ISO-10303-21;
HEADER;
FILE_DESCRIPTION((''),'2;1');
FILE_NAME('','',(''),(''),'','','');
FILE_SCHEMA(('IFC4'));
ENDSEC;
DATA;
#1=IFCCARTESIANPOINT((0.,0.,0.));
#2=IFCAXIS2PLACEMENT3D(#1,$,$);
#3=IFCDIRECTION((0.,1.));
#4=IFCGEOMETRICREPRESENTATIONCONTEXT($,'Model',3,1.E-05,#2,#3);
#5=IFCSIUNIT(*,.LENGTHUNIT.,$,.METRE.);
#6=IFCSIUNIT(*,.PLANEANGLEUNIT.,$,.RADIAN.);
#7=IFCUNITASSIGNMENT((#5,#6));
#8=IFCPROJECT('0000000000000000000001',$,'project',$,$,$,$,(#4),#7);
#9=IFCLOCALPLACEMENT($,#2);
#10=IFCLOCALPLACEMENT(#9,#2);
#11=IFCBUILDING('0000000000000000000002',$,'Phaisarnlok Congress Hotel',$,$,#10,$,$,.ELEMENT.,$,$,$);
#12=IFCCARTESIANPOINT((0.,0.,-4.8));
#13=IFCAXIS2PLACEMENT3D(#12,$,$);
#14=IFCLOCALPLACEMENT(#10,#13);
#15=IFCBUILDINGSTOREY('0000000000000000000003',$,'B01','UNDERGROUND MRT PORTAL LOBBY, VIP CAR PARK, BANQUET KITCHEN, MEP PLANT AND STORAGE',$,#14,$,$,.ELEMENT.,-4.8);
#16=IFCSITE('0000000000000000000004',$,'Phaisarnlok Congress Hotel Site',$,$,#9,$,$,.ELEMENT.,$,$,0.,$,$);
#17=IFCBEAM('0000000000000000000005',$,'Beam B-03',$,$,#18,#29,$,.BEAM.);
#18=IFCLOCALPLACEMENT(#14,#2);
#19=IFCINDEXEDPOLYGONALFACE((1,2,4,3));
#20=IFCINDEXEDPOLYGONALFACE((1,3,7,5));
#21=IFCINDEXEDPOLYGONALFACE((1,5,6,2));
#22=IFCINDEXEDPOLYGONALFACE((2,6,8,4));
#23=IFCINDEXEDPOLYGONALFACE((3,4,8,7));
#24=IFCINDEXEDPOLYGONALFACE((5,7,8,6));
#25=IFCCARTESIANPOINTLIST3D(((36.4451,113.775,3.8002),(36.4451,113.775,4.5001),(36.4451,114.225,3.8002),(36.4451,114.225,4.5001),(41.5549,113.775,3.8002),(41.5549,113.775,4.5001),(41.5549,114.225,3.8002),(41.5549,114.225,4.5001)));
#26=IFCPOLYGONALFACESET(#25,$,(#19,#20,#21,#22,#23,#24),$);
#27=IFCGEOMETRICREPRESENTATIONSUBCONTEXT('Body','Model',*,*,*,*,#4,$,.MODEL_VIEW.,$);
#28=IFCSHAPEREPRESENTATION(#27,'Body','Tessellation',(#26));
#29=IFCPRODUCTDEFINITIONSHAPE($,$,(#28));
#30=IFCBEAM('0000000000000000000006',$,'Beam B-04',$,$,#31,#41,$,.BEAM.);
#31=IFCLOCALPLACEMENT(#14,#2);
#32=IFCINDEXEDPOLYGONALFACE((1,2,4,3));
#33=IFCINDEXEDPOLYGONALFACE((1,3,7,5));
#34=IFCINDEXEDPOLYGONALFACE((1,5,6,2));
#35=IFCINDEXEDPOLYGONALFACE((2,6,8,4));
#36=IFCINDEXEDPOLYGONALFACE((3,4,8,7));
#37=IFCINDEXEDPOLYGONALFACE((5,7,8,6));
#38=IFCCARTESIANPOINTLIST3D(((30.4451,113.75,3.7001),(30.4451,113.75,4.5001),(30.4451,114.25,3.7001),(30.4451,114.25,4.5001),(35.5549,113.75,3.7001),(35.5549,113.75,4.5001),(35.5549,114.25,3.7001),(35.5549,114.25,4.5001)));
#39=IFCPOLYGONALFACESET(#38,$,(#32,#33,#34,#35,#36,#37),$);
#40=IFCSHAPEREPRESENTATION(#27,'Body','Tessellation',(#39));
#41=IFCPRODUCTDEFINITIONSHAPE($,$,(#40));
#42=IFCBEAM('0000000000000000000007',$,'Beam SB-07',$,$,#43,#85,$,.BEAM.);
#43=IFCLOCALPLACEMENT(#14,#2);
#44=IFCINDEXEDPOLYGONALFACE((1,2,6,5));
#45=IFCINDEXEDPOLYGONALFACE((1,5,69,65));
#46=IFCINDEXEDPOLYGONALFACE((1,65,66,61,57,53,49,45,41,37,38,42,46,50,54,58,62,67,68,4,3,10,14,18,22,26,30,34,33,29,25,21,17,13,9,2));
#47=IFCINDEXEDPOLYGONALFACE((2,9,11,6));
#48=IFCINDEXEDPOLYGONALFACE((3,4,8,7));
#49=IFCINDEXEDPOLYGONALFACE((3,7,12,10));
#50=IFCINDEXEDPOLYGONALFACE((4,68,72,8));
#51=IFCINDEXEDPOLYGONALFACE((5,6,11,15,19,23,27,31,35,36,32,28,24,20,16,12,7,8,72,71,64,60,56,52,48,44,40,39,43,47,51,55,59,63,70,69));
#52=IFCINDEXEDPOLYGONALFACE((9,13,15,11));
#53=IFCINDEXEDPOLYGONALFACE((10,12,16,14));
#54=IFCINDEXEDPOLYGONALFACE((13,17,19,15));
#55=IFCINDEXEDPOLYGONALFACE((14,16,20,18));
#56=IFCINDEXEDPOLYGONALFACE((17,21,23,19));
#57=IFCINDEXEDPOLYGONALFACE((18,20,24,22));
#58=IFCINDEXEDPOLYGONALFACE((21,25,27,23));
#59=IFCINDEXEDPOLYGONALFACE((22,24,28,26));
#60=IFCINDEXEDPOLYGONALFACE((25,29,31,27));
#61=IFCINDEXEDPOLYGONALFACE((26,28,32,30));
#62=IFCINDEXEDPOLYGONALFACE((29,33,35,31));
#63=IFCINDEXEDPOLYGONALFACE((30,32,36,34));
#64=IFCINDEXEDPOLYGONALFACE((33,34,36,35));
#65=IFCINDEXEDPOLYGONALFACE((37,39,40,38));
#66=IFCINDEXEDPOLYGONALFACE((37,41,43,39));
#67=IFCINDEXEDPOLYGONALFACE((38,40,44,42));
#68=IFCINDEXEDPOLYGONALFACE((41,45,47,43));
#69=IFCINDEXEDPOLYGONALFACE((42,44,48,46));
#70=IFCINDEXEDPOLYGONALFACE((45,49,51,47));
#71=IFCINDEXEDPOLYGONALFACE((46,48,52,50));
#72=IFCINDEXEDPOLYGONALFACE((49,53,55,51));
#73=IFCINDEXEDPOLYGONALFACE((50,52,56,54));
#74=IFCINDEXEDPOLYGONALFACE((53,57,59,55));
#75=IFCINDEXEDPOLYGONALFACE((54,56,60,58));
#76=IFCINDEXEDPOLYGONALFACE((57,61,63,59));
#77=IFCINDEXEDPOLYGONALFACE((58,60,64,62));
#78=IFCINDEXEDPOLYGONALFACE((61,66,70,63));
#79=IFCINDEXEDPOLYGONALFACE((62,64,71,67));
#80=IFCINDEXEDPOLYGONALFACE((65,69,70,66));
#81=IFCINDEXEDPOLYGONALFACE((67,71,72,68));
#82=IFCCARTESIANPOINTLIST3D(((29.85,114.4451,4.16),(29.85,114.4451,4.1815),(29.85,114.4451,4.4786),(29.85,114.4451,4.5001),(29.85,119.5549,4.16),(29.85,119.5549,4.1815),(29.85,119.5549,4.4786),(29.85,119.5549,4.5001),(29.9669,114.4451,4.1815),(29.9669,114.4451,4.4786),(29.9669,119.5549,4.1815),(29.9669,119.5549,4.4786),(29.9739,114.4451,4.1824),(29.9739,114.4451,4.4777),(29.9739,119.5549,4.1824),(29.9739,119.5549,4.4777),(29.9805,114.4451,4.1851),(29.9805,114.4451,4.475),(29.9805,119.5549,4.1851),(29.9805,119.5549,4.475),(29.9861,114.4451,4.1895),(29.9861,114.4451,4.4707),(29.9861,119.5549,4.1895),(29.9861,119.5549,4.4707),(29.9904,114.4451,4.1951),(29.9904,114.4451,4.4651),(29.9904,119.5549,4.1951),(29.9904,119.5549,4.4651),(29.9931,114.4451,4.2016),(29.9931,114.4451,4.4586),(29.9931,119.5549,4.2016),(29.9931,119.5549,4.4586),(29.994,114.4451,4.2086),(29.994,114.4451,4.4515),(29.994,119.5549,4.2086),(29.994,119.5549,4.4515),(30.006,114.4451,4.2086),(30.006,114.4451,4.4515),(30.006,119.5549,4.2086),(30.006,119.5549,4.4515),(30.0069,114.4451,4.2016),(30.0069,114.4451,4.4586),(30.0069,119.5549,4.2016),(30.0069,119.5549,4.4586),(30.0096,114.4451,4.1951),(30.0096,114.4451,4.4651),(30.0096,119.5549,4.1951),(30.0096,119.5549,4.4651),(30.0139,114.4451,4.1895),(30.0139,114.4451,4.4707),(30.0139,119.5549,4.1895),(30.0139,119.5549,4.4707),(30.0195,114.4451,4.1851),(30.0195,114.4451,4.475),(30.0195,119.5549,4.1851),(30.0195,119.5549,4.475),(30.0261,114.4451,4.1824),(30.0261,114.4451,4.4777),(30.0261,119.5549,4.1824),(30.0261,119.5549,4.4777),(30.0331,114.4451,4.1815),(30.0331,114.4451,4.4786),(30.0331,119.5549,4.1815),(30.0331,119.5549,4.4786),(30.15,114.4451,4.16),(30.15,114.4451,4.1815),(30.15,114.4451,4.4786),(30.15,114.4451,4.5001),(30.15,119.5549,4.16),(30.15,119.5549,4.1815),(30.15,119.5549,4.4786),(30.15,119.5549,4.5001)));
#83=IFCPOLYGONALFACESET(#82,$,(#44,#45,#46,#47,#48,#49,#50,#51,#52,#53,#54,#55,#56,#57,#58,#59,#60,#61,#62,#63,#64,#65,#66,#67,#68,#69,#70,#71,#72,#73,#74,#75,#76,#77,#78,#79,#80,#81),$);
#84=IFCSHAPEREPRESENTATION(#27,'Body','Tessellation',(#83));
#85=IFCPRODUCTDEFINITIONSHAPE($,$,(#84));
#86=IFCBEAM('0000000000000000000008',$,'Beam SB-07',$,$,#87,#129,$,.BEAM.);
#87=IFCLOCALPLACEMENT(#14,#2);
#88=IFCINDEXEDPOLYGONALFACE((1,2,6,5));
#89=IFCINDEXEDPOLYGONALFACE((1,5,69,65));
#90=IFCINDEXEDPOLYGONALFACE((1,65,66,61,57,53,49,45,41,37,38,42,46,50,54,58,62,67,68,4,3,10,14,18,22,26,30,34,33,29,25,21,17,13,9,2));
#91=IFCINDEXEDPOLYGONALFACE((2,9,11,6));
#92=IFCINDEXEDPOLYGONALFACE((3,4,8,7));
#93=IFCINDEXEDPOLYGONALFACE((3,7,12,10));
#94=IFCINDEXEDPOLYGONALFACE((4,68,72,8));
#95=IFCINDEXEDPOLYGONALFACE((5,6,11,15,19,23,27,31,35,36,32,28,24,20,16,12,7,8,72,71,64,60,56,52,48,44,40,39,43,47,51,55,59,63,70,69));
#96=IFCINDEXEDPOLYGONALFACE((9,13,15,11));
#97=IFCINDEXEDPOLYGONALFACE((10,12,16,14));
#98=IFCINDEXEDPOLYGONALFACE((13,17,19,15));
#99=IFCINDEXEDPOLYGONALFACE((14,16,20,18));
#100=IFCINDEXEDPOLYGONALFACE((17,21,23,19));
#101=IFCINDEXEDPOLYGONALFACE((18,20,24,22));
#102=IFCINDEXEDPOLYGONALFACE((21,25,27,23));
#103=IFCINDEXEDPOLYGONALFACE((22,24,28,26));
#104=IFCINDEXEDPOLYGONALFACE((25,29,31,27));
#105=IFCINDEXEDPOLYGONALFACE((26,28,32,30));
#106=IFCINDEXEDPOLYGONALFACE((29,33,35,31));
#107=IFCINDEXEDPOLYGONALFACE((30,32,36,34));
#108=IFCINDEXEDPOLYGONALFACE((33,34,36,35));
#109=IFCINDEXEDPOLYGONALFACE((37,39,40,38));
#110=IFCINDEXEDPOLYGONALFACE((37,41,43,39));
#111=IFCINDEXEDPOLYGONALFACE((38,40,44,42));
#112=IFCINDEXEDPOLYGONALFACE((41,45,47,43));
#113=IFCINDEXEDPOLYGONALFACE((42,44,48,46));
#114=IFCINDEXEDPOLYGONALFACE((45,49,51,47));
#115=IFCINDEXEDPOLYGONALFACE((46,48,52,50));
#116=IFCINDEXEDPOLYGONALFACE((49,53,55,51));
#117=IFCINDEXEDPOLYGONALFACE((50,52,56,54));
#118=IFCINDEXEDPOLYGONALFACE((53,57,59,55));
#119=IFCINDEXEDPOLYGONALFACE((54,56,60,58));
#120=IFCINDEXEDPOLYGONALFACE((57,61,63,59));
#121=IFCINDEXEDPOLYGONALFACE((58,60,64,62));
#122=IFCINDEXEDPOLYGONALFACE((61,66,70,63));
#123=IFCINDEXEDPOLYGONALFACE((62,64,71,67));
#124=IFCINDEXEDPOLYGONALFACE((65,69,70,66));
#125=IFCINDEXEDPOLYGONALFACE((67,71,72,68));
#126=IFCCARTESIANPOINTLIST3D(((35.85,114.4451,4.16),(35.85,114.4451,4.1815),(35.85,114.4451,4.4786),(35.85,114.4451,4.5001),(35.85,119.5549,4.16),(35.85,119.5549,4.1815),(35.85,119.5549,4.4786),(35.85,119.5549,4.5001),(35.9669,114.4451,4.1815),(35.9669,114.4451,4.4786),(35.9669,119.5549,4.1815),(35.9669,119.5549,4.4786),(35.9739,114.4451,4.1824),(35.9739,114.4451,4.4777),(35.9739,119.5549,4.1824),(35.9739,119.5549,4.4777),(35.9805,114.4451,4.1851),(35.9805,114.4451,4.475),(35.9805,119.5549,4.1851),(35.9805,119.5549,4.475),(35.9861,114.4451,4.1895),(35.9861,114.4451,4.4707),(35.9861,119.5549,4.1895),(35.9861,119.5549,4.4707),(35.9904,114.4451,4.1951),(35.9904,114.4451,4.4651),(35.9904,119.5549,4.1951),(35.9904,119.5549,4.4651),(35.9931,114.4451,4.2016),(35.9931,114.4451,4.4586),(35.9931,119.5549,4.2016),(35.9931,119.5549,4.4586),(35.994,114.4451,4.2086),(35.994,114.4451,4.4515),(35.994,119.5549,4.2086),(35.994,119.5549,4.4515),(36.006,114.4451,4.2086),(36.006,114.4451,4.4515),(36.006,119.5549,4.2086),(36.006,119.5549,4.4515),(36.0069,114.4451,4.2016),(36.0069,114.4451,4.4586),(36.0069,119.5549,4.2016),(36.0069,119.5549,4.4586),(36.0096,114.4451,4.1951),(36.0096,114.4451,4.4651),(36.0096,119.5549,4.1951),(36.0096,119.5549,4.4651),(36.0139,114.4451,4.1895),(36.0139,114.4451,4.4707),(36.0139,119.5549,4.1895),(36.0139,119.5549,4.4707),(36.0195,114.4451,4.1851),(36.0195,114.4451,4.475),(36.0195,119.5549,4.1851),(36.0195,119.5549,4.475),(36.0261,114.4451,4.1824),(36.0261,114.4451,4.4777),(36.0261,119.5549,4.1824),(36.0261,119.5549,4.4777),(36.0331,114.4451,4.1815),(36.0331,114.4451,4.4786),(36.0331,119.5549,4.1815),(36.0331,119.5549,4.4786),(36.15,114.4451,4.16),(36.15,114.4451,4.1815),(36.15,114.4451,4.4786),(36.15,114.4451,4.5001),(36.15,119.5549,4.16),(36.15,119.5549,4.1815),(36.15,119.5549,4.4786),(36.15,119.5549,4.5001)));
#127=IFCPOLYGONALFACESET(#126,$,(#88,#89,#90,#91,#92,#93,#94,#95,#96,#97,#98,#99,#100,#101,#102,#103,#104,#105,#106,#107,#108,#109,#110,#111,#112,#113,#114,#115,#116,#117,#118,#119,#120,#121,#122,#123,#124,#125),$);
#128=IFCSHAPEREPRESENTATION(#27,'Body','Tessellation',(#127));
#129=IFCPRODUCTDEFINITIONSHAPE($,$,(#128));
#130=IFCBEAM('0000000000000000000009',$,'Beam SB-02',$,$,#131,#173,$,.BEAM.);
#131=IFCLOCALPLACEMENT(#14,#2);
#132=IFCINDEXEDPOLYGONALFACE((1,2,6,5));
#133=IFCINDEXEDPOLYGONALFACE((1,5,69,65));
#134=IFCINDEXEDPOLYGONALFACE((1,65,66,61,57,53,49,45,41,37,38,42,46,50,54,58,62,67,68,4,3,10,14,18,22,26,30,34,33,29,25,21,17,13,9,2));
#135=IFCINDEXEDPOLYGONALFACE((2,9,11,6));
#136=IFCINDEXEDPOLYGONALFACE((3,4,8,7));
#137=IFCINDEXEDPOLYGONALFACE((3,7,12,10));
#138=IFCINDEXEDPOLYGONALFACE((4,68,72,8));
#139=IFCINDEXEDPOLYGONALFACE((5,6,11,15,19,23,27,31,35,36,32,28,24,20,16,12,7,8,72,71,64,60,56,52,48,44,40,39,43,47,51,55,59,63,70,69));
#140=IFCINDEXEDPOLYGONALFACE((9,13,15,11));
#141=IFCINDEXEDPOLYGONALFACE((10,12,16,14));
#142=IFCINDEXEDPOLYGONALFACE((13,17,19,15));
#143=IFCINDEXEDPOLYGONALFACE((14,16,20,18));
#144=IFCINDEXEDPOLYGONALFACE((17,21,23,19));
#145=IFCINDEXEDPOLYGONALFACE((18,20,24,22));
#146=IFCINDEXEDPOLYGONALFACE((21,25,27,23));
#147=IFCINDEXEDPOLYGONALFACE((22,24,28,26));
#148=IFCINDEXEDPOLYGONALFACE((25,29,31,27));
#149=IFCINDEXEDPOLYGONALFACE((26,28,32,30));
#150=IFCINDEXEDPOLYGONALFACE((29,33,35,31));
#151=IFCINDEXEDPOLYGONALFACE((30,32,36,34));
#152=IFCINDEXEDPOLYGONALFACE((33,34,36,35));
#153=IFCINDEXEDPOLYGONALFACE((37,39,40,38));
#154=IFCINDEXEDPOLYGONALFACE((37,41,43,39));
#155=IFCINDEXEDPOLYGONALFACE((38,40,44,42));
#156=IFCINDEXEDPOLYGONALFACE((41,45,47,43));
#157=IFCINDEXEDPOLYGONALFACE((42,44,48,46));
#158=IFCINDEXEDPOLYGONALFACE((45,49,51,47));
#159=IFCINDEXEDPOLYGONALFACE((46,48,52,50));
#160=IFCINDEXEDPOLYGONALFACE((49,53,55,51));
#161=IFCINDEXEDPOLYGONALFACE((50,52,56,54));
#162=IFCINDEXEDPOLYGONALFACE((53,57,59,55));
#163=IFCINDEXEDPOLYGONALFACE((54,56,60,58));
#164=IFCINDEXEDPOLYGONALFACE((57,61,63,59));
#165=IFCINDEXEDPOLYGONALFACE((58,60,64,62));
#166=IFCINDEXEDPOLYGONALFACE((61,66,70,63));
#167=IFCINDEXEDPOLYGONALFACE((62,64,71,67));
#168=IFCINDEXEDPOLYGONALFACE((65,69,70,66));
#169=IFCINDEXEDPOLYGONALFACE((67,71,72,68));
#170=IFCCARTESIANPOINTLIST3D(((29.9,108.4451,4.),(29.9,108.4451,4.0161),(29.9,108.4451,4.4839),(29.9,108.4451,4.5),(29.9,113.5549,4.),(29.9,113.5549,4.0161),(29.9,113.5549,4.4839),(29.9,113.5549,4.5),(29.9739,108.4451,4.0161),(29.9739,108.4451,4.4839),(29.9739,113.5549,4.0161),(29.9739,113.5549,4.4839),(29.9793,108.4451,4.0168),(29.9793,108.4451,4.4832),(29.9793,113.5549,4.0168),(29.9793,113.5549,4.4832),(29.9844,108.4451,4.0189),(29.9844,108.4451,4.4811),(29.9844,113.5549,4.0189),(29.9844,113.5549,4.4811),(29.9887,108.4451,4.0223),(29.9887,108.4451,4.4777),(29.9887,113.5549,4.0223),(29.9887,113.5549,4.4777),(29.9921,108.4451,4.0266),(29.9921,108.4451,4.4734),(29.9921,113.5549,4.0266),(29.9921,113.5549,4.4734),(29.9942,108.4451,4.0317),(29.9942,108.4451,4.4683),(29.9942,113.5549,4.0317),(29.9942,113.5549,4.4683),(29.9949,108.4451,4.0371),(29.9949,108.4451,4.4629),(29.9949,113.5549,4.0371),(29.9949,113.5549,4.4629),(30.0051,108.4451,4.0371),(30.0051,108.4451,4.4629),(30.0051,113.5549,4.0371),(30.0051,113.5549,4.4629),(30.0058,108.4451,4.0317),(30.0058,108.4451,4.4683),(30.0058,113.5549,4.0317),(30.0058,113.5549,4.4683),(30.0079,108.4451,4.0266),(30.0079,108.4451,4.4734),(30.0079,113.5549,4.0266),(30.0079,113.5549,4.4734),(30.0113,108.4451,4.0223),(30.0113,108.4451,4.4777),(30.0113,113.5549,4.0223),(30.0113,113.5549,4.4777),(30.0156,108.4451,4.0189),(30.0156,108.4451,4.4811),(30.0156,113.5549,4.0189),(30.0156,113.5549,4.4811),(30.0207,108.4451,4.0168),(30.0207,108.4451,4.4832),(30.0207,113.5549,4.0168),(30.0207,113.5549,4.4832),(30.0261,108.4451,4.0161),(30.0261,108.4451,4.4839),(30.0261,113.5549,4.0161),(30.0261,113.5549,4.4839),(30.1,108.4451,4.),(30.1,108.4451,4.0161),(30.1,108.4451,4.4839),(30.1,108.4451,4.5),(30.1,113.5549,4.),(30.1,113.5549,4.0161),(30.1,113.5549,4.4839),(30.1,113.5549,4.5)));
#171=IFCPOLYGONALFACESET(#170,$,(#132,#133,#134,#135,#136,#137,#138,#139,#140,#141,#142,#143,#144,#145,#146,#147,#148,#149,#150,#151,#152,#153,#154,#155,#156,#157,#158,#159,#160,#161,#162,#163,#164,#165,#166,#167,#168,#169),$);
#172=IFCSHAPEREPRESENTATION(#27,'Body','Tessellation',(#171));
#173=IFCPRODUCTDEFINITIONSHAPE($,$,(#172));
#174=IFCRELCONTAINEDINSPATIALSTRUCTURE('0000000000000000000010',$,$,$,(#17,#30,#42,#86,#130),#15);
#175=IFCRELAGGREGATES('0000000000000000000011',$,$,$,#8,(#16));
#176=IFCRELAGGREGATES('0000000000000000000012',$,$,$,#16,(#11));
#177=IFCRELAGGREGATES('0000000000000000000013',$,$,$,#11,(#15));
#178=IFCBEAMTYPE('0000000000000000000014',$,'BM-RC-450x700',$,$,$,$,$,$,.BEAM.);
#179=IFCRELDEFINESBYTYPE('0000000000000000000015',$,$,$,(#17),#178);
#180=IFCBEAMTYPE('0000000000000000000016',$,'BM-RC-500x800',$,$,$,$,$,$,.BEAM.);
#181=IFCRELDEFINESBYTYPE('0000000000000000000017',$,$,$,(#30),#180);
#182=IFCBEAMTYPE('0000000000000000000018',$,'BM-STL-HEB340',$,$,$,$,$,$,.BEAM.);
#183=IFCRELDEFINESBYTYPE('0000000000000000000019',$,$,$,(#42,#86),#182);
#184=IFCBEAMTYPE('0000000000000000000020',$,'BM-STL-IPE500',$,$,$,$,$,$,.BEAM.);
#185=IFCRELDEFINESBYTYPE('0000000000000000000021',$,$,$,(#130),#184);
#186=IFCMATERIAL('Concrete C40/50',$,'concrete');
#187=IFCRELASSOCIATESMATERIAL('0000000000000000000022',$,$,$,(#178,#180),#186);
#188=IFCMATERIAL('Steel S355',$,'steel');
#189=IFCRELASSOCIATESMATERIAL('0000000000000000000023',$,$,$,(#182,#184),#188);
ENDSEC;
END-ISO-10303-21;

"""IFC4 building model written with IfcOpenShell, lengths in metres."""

from ifc_helpers import new_model, si_unit, direction, frame, origin, origin_2d, place, context, subcontext, project, spatial, rectangle, i_section, extrude, material, material_profile, profile_set, type_object, element, save


model = new_model("IFC4")

# Units and contexts
model_context = context("Model", 3, precision=1e-05, world=origin(), true_north=direction((0.0, 1.0)))
body_context = subcontext(model_context, "Body", "Model", "MODEL_VIEW")
ifc_project = project(units=[si_unit("LENGTHUNIT", "METRE"), si_unit("PLANEANGLEUNIT", "RADIAN")], contexts=[model_context])

# Site, building, storey
site_placement = place(None, origin())
site = spatial("IfcSite", under=ifc_project, at=site_placement, Name="Phaisarnlok Congress Hotel Site", CompositionType="ELEMENT", RefElevation=0.0)
building_placement = place(site_placement, origin())
building = spatial("IfcBuilding", under=site, at=building_placement, Name="Phaisarnlok Congress Hotel", CompositionType="ELEMENT")
storey_placement = place(building_placement, frame((0.0, 0.0, -4.8)))
storey = spatial("IfcBuildingStorey", under=building, at=storey_placement, Name="B01", Description="UNDERGROUND MRT PORTAL LOBBY, VIP CAR PARK, BANQUET KITCHEN, MEP PLANT AND STORAGE", CompositionType="ELEMENT", Elevation=-4.8)

# Shared definitions
ifc_material_1 = material(Name="Concrete C40/50", Category="concrete")

# Beams
ifc_material_profile_1 = material_profile(ifc_material_1, rectangle(XDim=0.45, YDim=0.7, at=origin_2d()), Name="RC 450x700")
ifc_profile_set_1 = profile_set([ifc_material_profile_1], Name="Concrete C40/50")
beam_type_1 = type_object("IfcBeamType", Name="BM-RC-450x700", PredefinedType="BEAM", material=ifc_profile_set_1)
for number, where, z_axis, x_axis, name in (
    (1, (36.4451, 114.0, 4.1501), (1.0, 0.0, 0.0), (0.0, 1.0, 0.0), "Beam B-03"),
):
    element("IfcBeam", number, at=place(storey_placement, frame(where, z_axis=z_axis, x_axis=x_axis)), inside=storey, type_object=beam_type_1, Name=name, PredefinedType="BEAM", context=body_context, shape_type="SweptSolid", body=[
        extrude(rectangle(XDim=0.45, YDim=0.7, at=origin_2d()), origin(), (0.0, 0.0, 1.0), 5.1099),
    ])
ifc_material_profile_2 = material_profile(ifc_material_1, rectangle(XDim=0.5, YDim=0.8, at=origin_2d()), Name="RC 500x800")
ifc_profile_set_2 = profile_set([ifc_material_profile_2], Name="Concrete C40/50")
beam_type_2 = type_object("IfcBeamType", Name="BM-RC-500x800", PredefinedType="BEAM", material=ifc_profile_set_2)
beam_1_placement = place(storey_placement, frame((30.4451, 114.0, 4.1001), z_axis=(1.0, 0.0, 0.0), x_axis=(0.0, 1.0, 0.0)))
element("IfcBeam", 2, at=beam_1_placement, inside=storey, type_object=beam_type_2, Name="Beam B-04", PredefinedType="BEAM", context=body_context, shape_type="SweptSolid", body=[
    extrude(rectangle(XDim=0.5, YDim=0.8, at=origin_2d()), origin(), (0.0, 0.0, 1.0), 5.1099),
])
ifc_material_2 = material(Name="Steel S355", Category="steel")
ifc_material_profile_3 = material_profile(ifc_material_2, i_section(OverallWidth=0.3, OverallDepth=0.3401, WebThickness=0.012, FlangeThickness=0.0215, FilletRadius=0.0271, at=origin_2d()), Name="HEB 340")
ifc_profile_set_3 = profile_set([ifc_material_profile_3], Name="Steel S355")
beam_type_3 = type_object("IfcBeamType", Name="BM-STL-HEB340", PredefinedType="BEAM", material=ifc_profile_set_3)
for number, where, z_axis, x_axis, name in (
    (3, (30.0, 114.4451, 4.3301), (0.0, 1.0, 0.0), (-1.0, 0.0, 0.0), "Beam SB-07"),
    (4, (36.0, 114.4451, 4.3301), (0.0, 1.0, 0.0), (-1.0, 0.0, 0.0), "Beam SB-07"),
):
    element("IfcBeam", number, at=place(storey_placement, frame(where, z_axis=z_axis, x_axis=x_axis)), inside=storey, type_object=beam_type_3, Name=name, PredefinedType="BEAM", context=body_context, shape_type="SweptSolid", body=[
        extrude(i_section(OverallWidth=0.3, OverallDepth=0.3401, WebThickness=0.012, FlangeThickness=0.0215, FilletRadius=0.0271, at=origin_2d()), origin(), (0.0, 0.0, 1.0), 5.1099),
    ])
ifc_material_profile_4 = material_profile(ifc_material_2, i_section(OverallWidth=0.2, OverallDepth=0.5, WebThickness=0.0103, FlangeThickness=0.0161, FilletRadius=0.021, at=origin_2d()), Name="IPE 500")
ifc_profile_set_4 = profile_set([ifc_material_profile_4], Name="Steel S355")
beam_type_4 = type_object("IfcBeamType", Name="BM-STL-IPE500", PredefinedType="BEAM", material=ifc_profile_set_4)
for number, where, z_axis, x_axis, name in (
    (5, (30.0, 108.4451, 4.25), (0.0, 1.0, 0.0), (-1.0, 0.0, 0.0), "Beam SB-02"),
):
    element("IfcBeam", number, at=place(storey_placement, frame(where, z_axis=z_axis, x_axis=x_axis)), inside=storey, type_object=beam_type_4, Name=name, PredefinedType="BEAM", context=body_context, shape_type="SweptSolid", body=[
        extrude(i_section(OverallWidth=0.2, OverallDepth=0.5, WebThickness=0.0103, FlangeThickness=0.0161, FilletRadius=0.021, at=origin_2d()), origin(), (0.0, 0.0, 1.0), 5.1099),
    ])

save(model, "model.ifc")
